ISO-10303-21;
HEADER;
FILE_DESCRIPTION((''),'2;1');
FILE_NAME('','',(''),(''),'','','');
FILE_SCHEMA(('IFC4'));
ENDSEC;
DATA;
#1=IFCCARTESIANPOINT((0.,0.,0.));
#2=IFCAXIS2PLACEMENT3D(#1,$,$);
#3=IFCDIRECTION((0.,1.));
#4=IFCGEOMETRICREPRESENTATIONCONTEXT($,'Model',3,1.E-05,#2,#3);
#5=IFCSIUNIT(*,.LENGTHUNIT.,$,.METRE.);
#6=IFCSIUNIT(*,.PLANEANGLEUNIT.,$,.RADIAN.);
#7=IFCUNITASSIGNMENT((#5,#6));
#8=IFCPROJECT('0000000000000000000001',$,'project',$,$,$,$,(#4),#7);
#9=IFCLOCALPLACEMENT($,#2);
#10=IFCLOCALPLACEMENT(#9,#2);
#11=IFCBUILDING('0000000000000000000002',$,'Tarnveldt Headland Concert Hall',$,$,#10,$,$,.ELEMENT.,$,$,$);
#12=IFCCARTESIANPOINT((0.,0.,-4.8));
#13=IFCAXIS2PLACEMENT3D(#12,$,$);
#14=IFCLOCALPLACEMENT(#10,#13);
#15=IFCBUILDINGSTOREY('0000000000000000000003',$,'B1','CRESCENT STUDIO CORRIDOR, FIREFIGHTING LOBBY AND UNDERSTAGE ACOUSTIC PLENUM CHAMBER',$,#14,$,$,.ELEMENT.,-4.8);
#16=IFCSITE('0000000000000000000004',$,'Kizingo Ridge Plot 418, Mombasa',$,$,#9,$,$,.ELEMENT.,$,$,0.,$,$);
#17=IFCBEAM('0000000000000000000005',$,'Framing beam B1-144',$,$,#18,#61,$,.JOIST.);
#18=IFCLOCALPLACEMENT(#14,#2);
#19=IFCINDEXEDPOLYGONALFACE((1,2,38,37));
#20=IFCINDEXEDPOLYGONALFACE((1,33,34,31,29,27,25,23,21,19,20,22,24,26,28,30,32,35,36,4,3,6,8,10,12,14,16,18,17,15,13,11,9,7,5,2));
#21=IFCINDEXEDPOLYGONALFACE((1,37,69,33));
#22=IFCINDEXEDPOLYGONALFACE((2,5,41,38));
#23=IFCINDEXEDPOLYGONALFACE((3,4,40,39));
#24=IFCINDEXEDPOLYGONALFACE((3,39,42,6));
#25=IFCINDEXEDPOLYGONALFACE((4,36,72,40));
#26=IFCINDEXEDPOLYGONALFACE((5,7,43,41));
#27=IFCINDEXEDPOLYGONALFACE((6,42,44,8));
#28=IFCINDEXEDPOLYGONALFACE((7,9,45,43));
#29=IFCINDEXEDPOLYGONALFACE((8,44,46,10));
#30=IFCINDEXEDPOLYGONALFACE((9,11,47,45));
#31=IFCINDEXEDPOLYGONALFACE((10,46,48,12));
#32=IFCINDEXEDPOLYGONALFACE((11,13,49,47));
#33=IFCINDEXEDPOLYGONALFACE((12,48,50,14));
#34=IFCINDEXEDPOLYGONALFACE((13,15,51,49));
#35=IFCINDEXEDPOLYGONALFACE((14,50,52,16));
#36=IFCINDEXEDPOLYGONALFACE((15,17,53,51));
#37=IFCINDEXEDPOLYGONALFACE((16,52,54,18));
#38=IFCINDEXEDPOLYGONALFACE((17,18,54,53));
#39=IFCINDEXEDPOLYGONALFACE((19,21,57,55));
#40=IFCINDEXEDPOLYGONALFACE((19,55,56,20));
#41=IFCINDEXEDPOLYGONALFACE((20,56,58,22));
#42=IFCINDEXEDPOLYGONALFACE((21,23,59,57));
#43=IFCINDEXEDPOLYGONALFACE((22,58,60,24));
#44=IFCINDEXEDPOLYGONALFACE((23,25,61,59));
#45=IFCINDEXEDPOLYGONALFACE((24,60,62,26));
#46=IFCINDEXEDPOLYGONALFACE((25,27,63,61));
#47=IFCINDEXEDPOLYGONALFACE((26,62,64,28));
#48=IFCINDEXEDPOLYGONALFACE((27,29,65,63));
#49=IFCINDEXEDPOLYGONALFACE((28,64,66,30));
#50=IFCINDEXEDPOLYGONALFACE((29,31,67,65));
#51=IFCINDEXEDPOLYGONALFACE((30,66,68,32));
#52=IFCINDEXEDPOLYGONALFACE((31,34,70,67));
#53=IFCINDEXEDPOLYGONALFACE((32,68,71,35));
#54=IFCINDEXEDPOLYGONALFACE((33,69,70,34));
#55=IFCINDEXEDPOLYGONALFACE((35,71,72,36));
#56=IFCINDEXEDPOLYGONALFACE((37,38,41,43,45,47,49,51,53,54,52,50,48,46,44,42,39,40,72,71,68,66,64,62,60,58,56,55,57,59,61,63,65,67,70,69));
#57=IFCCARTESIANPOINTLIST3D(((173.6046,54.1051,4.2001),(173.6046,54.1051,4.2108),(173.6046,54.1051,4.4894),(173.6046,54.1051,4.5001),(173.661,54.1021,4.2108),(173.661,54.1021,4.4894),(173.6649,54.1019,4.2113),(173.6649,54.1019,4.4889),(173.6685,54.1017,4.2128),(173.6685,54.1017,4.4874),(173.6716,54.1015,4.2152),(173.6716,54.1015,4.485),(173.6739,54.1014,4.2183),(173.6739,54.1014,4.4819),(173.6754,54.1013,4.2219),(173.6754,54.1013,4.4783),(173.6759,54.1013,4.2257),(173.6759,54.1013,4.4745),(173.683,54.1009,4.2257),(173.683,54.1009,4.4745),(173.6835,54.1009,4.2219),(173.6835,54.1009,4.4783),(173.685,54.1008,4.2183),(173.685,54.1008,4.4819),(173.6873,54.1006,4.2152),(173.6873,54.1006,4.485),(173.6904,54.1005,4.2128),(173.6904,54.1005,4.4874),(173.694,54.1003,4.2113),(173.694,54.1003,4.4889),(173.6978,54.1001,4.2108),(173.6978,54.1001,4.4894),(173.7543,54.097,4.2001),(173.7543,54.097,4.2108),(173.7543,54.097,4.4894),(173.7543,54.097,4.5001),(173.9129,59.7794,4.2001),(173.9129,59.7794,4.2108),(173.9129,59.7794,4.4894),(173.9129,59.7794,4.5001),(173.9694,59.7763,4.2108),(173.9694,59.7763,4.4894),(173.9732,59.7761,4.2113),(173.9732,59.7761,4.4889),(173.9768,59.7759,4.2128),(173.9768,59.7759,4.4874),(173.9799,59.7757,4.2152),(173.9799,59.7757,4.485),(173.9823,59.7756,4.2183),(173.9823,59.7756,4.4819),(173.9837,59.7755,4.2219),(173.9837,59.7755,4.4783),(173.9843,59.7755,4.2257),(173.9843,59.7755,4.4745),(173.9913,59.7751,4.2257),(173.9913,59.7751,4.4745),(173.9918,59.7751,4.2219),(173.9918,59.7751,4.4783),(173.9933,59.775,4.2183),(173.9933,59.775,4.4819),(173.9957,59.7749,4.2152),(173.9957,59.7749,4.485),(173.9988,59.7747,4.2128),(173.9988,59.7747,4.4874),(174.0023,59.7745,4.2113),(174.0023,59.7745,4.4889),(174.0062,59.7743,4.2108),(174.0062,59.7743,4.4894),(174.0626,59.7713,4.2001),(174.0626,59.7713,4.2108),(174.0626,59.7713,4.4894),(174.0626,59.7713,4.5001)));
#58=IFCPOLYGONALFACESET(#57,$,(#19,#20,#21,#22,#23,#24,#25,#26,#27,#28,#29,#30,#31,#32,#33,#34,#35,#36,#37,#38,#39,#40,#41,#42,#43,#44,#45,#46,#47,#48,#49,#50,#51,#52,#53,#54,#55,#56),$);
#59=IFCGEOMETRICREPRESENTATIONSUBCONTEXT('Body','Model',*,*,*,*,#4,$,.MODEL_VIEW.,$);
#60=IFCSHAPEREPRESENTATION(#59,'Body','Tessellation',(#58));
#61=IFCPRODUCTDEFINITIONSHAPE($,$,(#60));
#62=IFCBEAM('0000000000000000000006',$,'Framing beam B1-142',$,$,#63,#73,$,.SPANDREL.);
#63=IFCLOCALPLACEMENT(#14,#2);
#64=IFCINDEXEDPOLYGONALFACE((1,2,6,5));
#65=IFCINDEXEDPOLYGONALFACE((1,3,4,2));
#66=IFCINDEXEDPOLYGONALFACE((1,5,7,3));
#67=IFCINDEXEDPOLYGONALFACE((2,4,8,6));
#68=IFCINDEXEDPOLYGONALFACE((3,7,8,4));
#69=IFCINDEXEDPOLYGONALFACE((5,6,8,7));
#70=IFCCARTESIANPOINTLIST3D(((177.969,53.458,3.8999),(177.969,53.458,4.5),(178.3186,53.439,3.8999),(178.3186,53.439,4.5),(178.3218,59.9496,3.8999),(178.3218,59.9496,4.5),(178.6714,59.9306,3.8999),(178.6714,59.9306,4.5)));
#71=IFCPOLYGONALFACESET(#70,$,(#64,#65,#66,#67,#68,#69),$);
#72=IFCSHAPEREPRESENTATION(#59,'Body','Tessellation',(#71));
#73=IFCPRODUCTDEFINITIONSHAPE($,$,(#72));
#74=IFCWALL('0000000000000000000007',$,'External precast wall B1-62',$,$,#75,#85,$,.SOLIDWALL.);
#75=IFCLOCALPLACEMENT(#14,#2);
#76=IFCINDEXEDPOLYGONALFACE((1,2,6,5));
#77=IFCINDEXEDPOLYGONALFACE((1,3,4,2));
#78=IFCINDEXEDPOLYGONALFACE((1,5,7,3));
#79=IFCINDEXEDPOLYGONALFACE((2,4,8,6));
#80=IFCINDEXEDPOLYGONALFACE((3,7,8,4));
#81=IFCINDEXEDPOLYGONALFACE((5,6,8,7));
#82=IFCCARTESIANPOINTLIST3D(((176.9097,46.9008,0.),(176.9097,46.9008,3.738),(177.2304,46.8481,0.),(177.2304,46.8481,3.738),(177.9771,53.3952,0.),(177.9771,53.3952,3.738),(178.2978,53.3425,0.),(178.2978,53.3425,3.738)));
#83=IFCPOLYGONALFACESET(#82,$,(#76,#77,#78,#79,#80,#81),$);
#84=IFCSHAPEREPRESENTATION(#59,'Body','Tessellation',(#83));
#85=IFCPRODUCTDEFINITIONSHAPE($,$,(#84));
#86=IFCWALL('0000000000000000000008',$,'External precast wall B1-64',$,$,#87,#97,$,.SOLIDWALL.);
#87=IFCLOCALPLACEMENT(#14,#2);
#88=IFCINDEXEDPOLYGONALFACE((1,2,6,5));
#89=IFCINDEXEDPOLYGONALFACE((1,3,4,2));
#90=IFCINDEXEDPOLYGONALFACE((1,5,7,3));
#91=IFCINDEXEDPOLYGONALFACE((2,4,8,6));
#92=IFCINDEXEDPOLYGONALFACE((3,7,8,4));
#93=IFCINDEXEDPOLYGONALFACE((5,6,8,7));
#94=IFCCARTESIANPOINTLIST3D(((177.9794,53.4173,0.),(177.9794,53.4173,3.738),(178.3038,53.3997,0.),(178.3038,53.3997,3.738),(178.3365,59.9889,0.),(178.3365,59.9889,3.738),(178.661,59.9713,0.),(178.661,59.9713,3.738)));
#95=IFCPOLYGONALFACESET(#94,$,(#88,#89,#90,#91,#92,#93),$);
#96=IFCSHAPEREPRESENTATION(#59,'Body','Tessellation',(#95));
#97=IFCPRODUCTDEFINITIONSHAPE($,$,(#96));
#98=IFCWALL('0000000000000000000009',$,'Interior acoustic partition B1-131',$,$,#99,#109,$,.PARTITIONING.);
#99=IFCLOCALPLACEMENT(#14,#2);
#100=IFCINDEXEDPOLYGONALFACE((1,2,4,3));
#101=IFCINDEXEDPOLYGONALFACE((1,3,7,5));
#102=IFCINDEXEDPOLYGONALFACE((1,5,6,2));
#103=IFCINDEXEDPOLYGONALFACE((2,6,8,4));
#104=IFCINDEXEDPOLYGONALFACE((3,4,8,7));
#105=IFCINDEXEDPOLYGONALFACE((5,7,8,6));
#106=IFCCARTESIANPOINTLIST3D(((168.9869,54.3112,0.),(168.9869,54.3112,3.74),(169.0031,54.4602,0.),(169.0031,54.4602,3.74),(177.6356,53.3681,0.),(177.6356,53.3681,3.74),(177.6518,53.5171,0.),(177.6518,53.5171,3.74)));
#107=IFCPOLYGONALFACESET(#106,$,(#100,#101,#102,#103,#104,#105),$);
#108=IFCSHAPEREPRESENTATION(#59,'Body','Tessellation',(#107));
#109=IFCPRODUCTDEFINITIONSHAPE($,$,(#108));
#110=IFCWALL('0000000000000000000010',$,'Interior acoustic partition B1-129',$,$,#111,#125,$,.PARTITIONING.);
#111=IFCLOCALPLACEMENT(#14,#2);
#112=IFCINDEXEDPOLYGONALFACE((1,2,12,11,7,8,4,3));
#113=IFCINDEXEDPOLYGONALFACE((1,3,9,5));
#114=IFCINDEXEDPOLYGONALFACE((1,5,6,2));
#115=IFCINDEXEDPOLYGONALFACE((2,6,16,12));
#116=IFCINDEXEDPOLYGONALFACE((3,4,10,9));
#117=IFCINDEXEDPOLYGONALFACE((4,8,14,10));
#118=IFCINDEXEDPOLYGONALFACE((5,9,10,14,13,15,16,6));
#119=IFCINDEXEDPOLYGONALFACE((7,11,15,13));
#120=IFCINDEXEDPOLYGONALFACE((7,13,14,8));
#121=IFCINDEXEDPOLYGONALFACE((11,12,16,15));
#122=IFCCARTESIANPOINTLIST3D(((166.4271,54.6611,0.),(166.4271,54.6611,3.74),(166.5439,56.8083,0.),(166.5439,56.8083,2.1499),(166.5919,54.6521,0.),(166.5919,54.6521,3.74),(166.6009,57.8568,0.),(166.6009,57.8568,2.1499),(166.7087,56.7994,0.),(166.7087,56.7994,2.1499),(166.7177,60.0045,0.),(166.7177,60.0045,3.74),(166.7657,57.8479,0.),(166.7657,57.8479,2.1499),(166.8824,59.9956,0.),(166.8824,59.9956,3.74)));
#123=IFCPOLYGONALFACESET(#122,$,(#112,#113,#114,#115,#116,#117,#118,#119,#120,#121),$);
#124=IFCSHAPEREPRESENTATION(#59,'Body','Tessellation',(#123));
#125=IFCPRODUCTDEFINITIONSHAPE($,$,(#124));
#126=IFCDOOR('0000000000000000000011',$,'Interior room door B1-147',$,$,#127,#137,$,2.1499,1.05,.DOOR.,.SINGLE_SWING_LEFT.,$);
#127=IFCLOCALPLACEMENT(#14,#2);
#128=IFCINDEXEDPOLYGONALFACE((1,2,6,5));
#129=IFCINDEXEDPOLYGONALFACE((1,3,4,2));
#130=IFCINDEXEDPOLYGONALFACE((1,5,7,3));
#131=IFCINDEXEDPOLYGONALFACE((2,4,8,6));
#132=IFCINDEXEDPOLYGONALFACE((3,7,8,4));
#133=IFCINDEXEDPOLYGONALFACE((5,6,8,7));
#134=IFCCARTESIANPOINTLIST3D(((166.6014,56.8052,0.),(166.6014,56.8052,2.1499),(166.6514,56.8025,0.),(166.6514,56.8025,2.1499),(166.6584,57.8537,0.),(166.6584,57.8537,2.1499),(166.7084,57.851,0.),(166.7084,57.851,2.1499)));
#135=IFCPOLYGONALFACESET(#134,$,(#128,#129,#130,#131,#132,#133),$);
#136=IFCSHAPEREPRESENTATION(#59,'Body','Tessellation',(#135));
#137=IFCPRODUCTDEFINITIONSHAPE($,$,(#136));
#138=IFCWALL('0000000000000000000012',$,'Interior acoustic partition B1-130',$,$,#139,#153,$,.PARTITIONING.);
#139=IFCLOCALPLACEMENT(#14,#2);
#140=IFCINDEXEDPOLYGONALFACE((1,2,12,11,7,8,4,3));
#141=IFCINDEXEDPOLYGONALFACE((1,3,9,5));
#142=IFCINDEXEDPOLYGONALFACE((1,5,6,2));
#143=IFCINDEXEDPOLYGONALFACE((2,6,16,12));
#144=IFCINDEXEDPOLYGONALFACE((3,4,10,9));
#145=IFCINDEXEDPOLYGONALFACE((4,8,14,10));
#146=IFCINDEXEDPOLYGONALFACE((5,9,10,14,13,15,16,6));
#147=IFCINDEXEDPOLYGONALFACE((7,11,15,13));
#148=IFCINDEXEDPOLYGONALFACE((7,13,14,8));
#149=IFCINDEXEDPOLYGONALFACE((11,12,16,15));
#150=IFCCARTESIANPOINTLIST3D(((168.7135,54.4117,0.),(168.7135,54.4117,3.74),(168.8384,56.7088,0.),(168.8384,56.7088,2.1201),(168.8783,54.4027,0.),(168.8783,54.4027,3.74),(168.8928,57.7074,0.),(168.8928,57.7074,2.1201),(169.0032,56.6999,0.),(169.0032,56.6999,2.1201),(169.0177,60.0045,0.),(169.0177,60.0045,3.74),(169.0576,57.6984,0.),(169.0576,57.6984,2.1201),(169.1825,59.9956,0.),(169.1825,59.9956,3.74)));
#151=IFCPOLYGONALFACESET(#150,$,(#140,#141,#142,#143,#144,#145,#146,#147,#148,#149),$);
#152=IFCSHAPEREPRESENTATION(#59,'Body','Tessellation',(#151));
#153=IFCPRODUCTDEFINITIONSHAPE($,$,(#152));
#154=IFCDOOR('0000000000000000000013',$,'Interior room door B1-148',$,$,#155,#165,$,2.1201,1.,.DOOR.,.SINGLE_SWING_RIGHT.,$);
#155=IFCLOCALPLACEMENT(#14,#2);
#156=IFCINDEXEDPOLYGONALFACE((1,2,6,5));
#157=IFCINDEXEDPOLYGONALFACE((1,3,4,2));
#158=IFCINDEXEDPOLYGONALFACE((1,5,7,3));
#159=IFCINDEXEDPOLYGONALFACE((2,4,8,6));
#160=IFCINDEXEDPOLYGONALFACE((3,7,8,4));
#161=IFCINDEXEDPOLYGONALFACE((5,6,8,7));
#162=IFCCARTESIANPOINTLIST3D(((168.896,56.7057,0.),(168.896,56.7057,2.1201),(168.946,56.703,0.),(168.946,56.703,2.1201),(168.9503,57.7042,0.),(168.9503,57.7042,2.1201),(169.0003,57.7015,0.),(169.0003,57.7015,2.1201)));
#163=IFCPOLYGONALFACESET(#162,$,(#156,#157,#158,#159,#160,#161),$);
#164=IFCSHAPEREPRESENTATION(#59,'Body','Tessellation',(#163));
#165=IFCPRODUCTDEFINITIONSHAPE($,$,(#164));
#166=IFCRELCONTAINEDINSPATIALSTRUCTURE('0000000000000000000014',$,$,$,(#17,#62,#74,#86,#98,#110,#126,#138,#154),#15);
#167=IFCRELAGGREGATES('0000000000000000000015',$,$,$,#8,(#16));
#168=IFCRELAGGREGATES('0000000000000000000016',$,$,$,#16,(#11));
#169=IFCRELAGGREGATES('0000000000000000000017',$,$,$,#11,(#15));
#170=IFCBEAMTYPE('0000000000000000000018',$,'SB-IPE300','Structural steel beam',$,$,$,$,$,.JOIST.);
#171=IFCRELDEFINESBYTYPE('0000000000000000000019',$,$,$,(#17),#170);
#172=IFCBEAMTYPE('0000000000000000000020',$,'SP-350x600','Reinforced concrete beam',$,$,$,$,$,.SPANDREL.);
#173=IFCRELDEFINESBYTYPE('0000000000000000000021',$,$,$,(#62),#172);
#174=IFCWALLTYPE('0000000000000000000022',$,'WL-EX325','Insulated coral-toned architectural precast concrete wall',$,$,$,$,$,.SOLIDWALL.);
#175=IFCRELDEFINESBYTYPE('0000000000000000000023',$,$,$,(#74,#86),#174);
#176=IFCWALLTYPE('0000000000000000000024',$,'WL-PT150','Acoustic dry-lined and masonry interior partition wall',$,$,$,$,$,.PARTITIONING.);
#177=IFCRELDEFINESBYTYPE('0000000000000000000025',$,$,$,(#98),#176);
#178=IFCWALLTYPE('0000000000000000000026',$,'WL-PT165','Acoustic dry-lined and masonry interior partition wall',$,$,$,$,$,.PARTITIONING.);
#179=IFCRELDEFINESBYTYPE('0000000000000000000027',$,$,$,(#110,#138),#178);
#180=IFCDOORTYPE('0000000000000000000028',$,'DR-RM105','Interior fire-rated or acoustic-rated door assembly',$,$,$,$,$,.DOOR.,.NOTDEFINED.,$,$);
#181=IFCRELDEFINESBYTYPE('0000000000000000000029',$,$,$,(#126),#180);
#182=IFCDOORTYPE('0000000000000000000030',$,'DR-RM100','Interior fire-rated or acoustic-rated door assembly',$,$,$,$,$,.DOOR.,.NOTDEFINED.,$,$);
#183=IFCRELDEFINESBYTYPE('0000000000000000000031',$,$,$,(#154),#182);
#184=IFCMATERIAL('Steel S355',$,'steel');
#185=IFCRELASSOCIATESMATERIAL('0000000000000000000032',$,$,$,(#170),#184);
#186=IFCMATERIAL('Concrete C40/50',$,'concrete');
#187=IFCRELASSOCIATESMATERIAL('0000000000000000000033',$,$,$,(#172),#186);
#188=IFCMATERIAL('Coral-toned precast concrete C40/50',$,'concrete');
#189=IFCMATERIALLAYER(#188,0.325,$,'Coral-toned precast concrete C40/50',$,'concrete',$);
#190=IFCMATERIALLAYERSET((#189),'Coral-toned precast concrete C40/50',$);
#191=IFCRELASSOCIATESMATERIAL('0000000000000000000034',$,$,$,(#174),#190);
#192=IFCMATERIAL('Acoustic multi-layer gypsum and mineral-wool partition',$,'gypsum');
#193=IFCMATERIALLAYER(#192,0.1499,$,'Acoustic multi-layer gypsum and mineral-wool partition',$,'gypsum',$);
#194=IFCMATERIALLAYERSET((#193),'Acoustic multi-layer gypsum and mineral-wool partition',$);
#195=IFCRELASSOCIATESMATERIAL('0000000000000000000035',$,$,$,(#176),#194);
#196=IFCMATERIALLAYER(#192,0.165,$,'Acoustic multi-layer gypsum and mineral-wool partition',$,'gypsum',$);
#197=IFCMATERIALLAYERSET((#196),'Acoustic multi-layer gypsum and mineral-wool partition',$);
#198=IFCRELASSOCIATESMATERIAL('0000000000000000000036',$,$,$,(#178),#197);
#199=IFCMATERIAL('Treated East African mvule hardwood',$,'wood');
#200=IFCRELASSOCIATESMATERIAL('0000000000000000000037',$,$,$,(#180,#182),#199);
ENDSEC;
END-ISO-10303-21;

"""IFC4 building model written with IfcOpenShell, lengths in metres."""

from ifc_helpers import new_model, si_unit, direction, frame, frame_2d, origin, origin_2d, place, context, subcontext, project, spatial, rectangle, i_section, extrude, material, layer, layer_set, material_profile, profile_set, type_object, element, fill, save


model = new_model("IFC4")

# Units and contexts
model_context = context("Model", 3, precision=1e-05, world=origin(), true_north=direction((0.0, 1.0)))
body_context = subcontext(model_context, "Body", "Model", "MODEL_VIEW")
ifc_project = project(units=[si_unit("LENGTHUNIT", "METRE"), si_unit("PLANEANGLEUNIT", "RADIAN")], contexts=[model_context])

# Site, building, storey
site_placement = place(None, origin())
site = spatial("IfcSite", under=ifc_project, at=site_placement, Name="Kizingo Ridge Plot 418, Mombasa", CompositionType="ELEMENT", RefElevation=0.0)
building_placement = place(site_placement, origin())
building = spatial("IfcBuilding", under=site, at=building_placement, Name="Tarnveldt Headland Concert Hall", CompositionType="ELEMENT")
storey_placement = place(building_placement, frame((0.0, 0.0, -4.8)))
storey = spatial("IfcBuildingStorey", under=building, at=storey_placement, Name="B1", Description="CRESCENT STUDIO CORRIDOR, FIREFIGHTING LOBBY AND UNDERSTAGE ACOUSTIC PLENUM CHAMBER", CompositionType="ELEMENT", Elevation=-4.8)

# Shared definitions
ifc_material_1 = material(Name="Concrete C40/50", Category="concrete")

# Beams
ifc_material_2 = material(Name="Steel S355", Category="steel")
ifc_material_profile_1 = material_profile(ifc_material_2, i_section(OverallWidth=0.1499, OverallDepth=0.3, WebThickness=0.0071, FlangeThickness=0.0107, FilletRadius=0.0149, at=origin_2d()), Name="IPE300", Category="steel")
ifc_profile_set_1 = profile_set([ifc_material_profile_1], Name="Steel S355")
beam_type_1 = type_object("IfcBeamType", Name="SB-IPE300", Description="Structural steel beam", PredefinedType="JOIST", material=ifc_profile_set_1)
beam_1_placement = place(storey_placement, frame((173.6794, 54.1011, 4.3501), z_axis=(0.054261, 0.998527, 0.0), x_axis=(-0.998527, 0.054261, 0.0)))
element("IfcBeam", 1, at=beam_1_placement, inside=storey, type_object=beam_type_1, Name="Framing beam B1-144", PredefinedType="JOIST", context=body_context, shape_type="SweptSolid", body=[
    extrude(i_section(OverallWidth=0.1499, OverallDepth=0.3, WebThickness=0.0071, FlangeThickness=0.0107, FilletRadius=0.0149, at=origin_2d()), origin(), (0.0, 0.0, 1.0), 5.6826),
])
ifc_material_profile_2 = material_profile(ifc_material_1, rectangle(XDim=0.3501, YDim=0.6001, at=origin_2d()), Name="RC SPANDREL 350x600", Category="concrete")
ifc_profile_set_2 = profile_set([ifc_material_profile_2], Name="Concrete C40/50")
beam_type_2 = type_object("IfcBeamType", Name="SP-350x600", Description="Reinforced concrete beam", PredefinedType="SPANDREL", material=ifc_profile_set_2)
beam_2_placement = place(storey_placement, frame((178.1438, 53.4485, 4.2), z_axis=(0.054264, 0.998527, 0.0), x_axis=(-0.998527, 0.054264, 0.0)))
element("IfcBeam", 2, at=beam_2_placement, inside=storey, type_object=beam_type_2, Name="Framing beam B1-142", PredefinedType="SPANDREL", context=body_context, shape_type="SweptSolid", body=[
    extrude(rectangle(XDim=0.3501, YDim=0.6001, at=origin_2d()), origin(), (0.0, 0.0, 1.0), 6.5012),
])

# Walls
ifc_material_3 = material(Name="Coral-toned precast concrete C40/50", Category="concrete")
ifc_layer_1 = layer(ifc_material_3, 0.325, Name="Coral-toned precast concrete C40/50", Category="concrete")
ifc_layer_set_1 = layer_set([ifc_layer_1], Name="Coral-toned precast concrete C40/50")
wall_type_1 = type_object("IfcWallType", Name="WL-EX325", Description="Insulated coral-toned architectural precast concrete wall", PredefinedType="SOLIDWALL", material=ifc_layer_set_1)
wall_1_placement = place(storey_placement, frame((178.1375, 53.3689, 0.0), z_axis=(0.0, 0.0, 1.0), x_axis=(-0.162179, -0.986761, 0.0)))
element("IfcWall", 3, at=wall_1_placement, inside=storey, type_object=wall_type_1, Name="External precast wall B1-62", PredefinedType="SOLIDWALL", context=body_context, shape_type="SweptSolid", body=[
    extrude(rectangle(XDim=6.5815, YDim=0.325, at=frame_2d((3.2908, 0.0))), origin(), (0.0, 0.0, 1.0), 3.738),
])
wall_2_placement = place(storey_placement, frame((178.4988, 59.98, 0.0), z_axis=(0.0, 0.0, 1.0), x_axis=(-0.054272, -0.998526, 0.0)))
element("IfcWall", 4, at=wall_2_placement, inside=storey, type_object=wall_type_1, Name="External precast wall B1-64", PredefinedType="SOLIDWALL", context=body_context, shape_type="SweptSolid", body=[
    extrude(rectangle(XDim=6.5813, YDim=0.325, at=frame_2d((3.2905, 0.0))), origin(), (0.0, 0.0, 1.0), 3.738),
])
ifc_material_4 = material(Name="Acoustic multi-layer gypsum and mineral-wool partition", Category="gypsum")
ifc_layer_2 = layer(ifc_material_4, 0.1499, Name="Acoustic multi-layer gypsum and mineral-wool partition", Category="gypsum")
ifc_layer_set_2 = layer_set([ifc_layer_2], Name="Acoustic multi-layer gypsum and mineral-wool partition")
wall_type_2 = type_object("IfcWallType", Name="WL-PT150", Description="Acoustic dry-lined and masonry interior partition wall", PredefinedType="PARTITIONING", material=ifc_layer_set_2)
wall_3_placement = place(storey_placement, frame((168.9949, 54.3857, 0.0), z_axis=(0.0, 0.0, 1.0), x_axis=(0.994107, -0.108405, 0.0)))
element("IfcWall", 5, at=wall_3_placement, inside=storey, type_object=wall_type_2, Name="Interior acoustic partition B1-131", PredefinedType="PARTITIONING", context=body_context, shape_type="SweptSolid", body=[
    extrude(rectangle(XDim=8.7, YDim=0.1499, at=frame_2d((4.3501, 0.0))), origin(), (0.0, 0.0, 1.0), 3.74),
])

# Walls, openings, doors
ifc_layer_3 = layer(ifc_material_4, 0.165, Name="Acoustic multi-layer gypsum and mineral-wool partition", Category="gypsum")
ifc_layer_set_3 = layer_set([ifc_layer_3], Name="Acoustic multi-layer gypsum and mineral-wool partition")
wall_type_3 = type_object("IfcWallType", Name="WL-PT165", Description="Acoustic dry-lined and masonry interior partition wall", PredefinedType="PARTITIONING", material=ifc_layer_set_3)
wall_4_placement = place(storey_placement, frame((166.5095, 54.6565, 0.0), z_axis=(0.0, 0.0, 1.0), x_axis=(0.05429, 0.998525, 0.0)))
wall_4 = element("IfcWall", 6, at=wall_4_placement, inside=storey, type_object=wall_type_3, Name="Interior acoustic partition B1-129", PredefinedType="PARTITIONING", context=body_context, shape_type="SweptSolid", body=[
    extrude(rectangle(XDim=5.3513, YDim=0.165, at=frame_2d((2.6758, 0.0))), origin(), (0.0, 0.0, 1.0), 3.74),
])
opening_1_placement = place(wall_4_placement, frame((2.1506, 0.0, 0.0)))
opening_1 = element("IfcOpeningElement", 7, at=opening_1_placement, cuts=wall_4, PredefinedType="OPENING", context=body_context, shape_type="SweptSolid", body=[
    extrude(rectangle(XDim=1.05, YDim=2.1499, at=frame_2d((0.5249, 1.075))), frame((0.0, 0.0925, 0.0), z_axis=(0.0, -1.0, 0.0), x_axis=(1.0, 0.0, 0.0)), (0.0, 0.0, 1.0), 0.1851),
])
ifc_material_5 = material(Name="Treated East African mvule hardwood", Category="wood")
door_type_1 = type_object("IfcDoorType", Name="DR-RM105", Description="Interior fire-rated or acoustic-rated door assembly", OperationType="NOTDEFINED", PredefinedType="DOOR", material=ifc_material_5)
door_1_placement = place(opening_1_placement, origin())
door_1 = element("IfcDoor", 8, at=door_1_placement, inside=storey, type_object=door_type_1, Name="Interior room door B1-147", OperationType="SINGLE_SWING_LEFT", OverallHeight=2.1499, OverallWidth=1.05, PredefinedType="DOOR", context=body_context, shape_type="SweptSolid", body=[
    extrude(rectangle(XDim=1.05, YDim=2.1499, at=frame_2d((0.5249, 1.075))), frame((0.0, 0.0249, 0.0), z_axis=(0.0, -1.0, 0.0), x_axis=(1.0, 0.0, 0.0)), (0.0, 0.0, 1.0), 0.05),
])
fill(opening_1, door_1)
wall_5_placement = place(storey_placement, frame((168.7959, 54.4072, 0.0), z_axis=(0.0, 0.0, 1.0), x_axis=(0.054311, 0.998524, 0.0)))
wall_5 = element("IfcWall", 9, at=wall_5_placement, inside=storey, type_object=wall_type_3, Name="Interior acoustic partition B1-130", PredefinedType="PARTITIONING", context=body_context, shape_type="SweptSolid", body=[
    extrude(rectangle(XDim=5.6011, YDim=0.165, at=frame_2d((2.8005, 0.0))), origin(), (0.0, 0.0, 1.0), 3.74),
])
opening_2_placement = place(wall_5_placement, frame((2.3005, 0.0, 0.0)))
opening_2 = element("IfcOpeningElement", 10, at=opening_2_placement, cuts=wall_5, PredefinedType="OPENING", context=body_context, shape_type="SweptSolid", body=[
    extrude(rectangle(XDim=1.0, YDim=2.1201, at=frame_2d((0.5, 1.0601))), frame((0.0, 0.0925, 0.0), z_axis=(0.0, -1.0, 0.0), x_axis=(1.0, 0.0, 0.0)), (0.0, 0.0, 1.0), 0.1851),
])
door_type_2 = type_object("IfcDoorType", Name="DR-RM100", Description="Interior fire-rated or acoustic-rated door assembly", OperationType="NOTDEFINED", PredefinedType="DOOR", material=ifc_material_5)
door_2_placement = place(opening_2_placement, origin())
door_2 = element("IfcDoor", 11, at=door_2_placement, inside=storey, type_object=door_type_2, Name="Interior room door B1-148", OperationType="SINGLE_SWING_RIGHT", OverallHeight=2.1201, OverallWidth=1.0, PredefinedType="DOOR", context=body_context, shape_type="SweptSolid", body=[
    extrude(rectangle(XDim=1.0, YDim=2.1201, at=frame_2d((0.5, 1.0601))), frame((0.0, 0.0249, 0.0), z_axis=(0.0, -1.0, 0.0), x_axis=(1.0, 0.0, 0.0)), (0.0, 0.0, 1.0), 0.05),
])
fill(opening_2, door_2)

save(model, "model.ifc")
